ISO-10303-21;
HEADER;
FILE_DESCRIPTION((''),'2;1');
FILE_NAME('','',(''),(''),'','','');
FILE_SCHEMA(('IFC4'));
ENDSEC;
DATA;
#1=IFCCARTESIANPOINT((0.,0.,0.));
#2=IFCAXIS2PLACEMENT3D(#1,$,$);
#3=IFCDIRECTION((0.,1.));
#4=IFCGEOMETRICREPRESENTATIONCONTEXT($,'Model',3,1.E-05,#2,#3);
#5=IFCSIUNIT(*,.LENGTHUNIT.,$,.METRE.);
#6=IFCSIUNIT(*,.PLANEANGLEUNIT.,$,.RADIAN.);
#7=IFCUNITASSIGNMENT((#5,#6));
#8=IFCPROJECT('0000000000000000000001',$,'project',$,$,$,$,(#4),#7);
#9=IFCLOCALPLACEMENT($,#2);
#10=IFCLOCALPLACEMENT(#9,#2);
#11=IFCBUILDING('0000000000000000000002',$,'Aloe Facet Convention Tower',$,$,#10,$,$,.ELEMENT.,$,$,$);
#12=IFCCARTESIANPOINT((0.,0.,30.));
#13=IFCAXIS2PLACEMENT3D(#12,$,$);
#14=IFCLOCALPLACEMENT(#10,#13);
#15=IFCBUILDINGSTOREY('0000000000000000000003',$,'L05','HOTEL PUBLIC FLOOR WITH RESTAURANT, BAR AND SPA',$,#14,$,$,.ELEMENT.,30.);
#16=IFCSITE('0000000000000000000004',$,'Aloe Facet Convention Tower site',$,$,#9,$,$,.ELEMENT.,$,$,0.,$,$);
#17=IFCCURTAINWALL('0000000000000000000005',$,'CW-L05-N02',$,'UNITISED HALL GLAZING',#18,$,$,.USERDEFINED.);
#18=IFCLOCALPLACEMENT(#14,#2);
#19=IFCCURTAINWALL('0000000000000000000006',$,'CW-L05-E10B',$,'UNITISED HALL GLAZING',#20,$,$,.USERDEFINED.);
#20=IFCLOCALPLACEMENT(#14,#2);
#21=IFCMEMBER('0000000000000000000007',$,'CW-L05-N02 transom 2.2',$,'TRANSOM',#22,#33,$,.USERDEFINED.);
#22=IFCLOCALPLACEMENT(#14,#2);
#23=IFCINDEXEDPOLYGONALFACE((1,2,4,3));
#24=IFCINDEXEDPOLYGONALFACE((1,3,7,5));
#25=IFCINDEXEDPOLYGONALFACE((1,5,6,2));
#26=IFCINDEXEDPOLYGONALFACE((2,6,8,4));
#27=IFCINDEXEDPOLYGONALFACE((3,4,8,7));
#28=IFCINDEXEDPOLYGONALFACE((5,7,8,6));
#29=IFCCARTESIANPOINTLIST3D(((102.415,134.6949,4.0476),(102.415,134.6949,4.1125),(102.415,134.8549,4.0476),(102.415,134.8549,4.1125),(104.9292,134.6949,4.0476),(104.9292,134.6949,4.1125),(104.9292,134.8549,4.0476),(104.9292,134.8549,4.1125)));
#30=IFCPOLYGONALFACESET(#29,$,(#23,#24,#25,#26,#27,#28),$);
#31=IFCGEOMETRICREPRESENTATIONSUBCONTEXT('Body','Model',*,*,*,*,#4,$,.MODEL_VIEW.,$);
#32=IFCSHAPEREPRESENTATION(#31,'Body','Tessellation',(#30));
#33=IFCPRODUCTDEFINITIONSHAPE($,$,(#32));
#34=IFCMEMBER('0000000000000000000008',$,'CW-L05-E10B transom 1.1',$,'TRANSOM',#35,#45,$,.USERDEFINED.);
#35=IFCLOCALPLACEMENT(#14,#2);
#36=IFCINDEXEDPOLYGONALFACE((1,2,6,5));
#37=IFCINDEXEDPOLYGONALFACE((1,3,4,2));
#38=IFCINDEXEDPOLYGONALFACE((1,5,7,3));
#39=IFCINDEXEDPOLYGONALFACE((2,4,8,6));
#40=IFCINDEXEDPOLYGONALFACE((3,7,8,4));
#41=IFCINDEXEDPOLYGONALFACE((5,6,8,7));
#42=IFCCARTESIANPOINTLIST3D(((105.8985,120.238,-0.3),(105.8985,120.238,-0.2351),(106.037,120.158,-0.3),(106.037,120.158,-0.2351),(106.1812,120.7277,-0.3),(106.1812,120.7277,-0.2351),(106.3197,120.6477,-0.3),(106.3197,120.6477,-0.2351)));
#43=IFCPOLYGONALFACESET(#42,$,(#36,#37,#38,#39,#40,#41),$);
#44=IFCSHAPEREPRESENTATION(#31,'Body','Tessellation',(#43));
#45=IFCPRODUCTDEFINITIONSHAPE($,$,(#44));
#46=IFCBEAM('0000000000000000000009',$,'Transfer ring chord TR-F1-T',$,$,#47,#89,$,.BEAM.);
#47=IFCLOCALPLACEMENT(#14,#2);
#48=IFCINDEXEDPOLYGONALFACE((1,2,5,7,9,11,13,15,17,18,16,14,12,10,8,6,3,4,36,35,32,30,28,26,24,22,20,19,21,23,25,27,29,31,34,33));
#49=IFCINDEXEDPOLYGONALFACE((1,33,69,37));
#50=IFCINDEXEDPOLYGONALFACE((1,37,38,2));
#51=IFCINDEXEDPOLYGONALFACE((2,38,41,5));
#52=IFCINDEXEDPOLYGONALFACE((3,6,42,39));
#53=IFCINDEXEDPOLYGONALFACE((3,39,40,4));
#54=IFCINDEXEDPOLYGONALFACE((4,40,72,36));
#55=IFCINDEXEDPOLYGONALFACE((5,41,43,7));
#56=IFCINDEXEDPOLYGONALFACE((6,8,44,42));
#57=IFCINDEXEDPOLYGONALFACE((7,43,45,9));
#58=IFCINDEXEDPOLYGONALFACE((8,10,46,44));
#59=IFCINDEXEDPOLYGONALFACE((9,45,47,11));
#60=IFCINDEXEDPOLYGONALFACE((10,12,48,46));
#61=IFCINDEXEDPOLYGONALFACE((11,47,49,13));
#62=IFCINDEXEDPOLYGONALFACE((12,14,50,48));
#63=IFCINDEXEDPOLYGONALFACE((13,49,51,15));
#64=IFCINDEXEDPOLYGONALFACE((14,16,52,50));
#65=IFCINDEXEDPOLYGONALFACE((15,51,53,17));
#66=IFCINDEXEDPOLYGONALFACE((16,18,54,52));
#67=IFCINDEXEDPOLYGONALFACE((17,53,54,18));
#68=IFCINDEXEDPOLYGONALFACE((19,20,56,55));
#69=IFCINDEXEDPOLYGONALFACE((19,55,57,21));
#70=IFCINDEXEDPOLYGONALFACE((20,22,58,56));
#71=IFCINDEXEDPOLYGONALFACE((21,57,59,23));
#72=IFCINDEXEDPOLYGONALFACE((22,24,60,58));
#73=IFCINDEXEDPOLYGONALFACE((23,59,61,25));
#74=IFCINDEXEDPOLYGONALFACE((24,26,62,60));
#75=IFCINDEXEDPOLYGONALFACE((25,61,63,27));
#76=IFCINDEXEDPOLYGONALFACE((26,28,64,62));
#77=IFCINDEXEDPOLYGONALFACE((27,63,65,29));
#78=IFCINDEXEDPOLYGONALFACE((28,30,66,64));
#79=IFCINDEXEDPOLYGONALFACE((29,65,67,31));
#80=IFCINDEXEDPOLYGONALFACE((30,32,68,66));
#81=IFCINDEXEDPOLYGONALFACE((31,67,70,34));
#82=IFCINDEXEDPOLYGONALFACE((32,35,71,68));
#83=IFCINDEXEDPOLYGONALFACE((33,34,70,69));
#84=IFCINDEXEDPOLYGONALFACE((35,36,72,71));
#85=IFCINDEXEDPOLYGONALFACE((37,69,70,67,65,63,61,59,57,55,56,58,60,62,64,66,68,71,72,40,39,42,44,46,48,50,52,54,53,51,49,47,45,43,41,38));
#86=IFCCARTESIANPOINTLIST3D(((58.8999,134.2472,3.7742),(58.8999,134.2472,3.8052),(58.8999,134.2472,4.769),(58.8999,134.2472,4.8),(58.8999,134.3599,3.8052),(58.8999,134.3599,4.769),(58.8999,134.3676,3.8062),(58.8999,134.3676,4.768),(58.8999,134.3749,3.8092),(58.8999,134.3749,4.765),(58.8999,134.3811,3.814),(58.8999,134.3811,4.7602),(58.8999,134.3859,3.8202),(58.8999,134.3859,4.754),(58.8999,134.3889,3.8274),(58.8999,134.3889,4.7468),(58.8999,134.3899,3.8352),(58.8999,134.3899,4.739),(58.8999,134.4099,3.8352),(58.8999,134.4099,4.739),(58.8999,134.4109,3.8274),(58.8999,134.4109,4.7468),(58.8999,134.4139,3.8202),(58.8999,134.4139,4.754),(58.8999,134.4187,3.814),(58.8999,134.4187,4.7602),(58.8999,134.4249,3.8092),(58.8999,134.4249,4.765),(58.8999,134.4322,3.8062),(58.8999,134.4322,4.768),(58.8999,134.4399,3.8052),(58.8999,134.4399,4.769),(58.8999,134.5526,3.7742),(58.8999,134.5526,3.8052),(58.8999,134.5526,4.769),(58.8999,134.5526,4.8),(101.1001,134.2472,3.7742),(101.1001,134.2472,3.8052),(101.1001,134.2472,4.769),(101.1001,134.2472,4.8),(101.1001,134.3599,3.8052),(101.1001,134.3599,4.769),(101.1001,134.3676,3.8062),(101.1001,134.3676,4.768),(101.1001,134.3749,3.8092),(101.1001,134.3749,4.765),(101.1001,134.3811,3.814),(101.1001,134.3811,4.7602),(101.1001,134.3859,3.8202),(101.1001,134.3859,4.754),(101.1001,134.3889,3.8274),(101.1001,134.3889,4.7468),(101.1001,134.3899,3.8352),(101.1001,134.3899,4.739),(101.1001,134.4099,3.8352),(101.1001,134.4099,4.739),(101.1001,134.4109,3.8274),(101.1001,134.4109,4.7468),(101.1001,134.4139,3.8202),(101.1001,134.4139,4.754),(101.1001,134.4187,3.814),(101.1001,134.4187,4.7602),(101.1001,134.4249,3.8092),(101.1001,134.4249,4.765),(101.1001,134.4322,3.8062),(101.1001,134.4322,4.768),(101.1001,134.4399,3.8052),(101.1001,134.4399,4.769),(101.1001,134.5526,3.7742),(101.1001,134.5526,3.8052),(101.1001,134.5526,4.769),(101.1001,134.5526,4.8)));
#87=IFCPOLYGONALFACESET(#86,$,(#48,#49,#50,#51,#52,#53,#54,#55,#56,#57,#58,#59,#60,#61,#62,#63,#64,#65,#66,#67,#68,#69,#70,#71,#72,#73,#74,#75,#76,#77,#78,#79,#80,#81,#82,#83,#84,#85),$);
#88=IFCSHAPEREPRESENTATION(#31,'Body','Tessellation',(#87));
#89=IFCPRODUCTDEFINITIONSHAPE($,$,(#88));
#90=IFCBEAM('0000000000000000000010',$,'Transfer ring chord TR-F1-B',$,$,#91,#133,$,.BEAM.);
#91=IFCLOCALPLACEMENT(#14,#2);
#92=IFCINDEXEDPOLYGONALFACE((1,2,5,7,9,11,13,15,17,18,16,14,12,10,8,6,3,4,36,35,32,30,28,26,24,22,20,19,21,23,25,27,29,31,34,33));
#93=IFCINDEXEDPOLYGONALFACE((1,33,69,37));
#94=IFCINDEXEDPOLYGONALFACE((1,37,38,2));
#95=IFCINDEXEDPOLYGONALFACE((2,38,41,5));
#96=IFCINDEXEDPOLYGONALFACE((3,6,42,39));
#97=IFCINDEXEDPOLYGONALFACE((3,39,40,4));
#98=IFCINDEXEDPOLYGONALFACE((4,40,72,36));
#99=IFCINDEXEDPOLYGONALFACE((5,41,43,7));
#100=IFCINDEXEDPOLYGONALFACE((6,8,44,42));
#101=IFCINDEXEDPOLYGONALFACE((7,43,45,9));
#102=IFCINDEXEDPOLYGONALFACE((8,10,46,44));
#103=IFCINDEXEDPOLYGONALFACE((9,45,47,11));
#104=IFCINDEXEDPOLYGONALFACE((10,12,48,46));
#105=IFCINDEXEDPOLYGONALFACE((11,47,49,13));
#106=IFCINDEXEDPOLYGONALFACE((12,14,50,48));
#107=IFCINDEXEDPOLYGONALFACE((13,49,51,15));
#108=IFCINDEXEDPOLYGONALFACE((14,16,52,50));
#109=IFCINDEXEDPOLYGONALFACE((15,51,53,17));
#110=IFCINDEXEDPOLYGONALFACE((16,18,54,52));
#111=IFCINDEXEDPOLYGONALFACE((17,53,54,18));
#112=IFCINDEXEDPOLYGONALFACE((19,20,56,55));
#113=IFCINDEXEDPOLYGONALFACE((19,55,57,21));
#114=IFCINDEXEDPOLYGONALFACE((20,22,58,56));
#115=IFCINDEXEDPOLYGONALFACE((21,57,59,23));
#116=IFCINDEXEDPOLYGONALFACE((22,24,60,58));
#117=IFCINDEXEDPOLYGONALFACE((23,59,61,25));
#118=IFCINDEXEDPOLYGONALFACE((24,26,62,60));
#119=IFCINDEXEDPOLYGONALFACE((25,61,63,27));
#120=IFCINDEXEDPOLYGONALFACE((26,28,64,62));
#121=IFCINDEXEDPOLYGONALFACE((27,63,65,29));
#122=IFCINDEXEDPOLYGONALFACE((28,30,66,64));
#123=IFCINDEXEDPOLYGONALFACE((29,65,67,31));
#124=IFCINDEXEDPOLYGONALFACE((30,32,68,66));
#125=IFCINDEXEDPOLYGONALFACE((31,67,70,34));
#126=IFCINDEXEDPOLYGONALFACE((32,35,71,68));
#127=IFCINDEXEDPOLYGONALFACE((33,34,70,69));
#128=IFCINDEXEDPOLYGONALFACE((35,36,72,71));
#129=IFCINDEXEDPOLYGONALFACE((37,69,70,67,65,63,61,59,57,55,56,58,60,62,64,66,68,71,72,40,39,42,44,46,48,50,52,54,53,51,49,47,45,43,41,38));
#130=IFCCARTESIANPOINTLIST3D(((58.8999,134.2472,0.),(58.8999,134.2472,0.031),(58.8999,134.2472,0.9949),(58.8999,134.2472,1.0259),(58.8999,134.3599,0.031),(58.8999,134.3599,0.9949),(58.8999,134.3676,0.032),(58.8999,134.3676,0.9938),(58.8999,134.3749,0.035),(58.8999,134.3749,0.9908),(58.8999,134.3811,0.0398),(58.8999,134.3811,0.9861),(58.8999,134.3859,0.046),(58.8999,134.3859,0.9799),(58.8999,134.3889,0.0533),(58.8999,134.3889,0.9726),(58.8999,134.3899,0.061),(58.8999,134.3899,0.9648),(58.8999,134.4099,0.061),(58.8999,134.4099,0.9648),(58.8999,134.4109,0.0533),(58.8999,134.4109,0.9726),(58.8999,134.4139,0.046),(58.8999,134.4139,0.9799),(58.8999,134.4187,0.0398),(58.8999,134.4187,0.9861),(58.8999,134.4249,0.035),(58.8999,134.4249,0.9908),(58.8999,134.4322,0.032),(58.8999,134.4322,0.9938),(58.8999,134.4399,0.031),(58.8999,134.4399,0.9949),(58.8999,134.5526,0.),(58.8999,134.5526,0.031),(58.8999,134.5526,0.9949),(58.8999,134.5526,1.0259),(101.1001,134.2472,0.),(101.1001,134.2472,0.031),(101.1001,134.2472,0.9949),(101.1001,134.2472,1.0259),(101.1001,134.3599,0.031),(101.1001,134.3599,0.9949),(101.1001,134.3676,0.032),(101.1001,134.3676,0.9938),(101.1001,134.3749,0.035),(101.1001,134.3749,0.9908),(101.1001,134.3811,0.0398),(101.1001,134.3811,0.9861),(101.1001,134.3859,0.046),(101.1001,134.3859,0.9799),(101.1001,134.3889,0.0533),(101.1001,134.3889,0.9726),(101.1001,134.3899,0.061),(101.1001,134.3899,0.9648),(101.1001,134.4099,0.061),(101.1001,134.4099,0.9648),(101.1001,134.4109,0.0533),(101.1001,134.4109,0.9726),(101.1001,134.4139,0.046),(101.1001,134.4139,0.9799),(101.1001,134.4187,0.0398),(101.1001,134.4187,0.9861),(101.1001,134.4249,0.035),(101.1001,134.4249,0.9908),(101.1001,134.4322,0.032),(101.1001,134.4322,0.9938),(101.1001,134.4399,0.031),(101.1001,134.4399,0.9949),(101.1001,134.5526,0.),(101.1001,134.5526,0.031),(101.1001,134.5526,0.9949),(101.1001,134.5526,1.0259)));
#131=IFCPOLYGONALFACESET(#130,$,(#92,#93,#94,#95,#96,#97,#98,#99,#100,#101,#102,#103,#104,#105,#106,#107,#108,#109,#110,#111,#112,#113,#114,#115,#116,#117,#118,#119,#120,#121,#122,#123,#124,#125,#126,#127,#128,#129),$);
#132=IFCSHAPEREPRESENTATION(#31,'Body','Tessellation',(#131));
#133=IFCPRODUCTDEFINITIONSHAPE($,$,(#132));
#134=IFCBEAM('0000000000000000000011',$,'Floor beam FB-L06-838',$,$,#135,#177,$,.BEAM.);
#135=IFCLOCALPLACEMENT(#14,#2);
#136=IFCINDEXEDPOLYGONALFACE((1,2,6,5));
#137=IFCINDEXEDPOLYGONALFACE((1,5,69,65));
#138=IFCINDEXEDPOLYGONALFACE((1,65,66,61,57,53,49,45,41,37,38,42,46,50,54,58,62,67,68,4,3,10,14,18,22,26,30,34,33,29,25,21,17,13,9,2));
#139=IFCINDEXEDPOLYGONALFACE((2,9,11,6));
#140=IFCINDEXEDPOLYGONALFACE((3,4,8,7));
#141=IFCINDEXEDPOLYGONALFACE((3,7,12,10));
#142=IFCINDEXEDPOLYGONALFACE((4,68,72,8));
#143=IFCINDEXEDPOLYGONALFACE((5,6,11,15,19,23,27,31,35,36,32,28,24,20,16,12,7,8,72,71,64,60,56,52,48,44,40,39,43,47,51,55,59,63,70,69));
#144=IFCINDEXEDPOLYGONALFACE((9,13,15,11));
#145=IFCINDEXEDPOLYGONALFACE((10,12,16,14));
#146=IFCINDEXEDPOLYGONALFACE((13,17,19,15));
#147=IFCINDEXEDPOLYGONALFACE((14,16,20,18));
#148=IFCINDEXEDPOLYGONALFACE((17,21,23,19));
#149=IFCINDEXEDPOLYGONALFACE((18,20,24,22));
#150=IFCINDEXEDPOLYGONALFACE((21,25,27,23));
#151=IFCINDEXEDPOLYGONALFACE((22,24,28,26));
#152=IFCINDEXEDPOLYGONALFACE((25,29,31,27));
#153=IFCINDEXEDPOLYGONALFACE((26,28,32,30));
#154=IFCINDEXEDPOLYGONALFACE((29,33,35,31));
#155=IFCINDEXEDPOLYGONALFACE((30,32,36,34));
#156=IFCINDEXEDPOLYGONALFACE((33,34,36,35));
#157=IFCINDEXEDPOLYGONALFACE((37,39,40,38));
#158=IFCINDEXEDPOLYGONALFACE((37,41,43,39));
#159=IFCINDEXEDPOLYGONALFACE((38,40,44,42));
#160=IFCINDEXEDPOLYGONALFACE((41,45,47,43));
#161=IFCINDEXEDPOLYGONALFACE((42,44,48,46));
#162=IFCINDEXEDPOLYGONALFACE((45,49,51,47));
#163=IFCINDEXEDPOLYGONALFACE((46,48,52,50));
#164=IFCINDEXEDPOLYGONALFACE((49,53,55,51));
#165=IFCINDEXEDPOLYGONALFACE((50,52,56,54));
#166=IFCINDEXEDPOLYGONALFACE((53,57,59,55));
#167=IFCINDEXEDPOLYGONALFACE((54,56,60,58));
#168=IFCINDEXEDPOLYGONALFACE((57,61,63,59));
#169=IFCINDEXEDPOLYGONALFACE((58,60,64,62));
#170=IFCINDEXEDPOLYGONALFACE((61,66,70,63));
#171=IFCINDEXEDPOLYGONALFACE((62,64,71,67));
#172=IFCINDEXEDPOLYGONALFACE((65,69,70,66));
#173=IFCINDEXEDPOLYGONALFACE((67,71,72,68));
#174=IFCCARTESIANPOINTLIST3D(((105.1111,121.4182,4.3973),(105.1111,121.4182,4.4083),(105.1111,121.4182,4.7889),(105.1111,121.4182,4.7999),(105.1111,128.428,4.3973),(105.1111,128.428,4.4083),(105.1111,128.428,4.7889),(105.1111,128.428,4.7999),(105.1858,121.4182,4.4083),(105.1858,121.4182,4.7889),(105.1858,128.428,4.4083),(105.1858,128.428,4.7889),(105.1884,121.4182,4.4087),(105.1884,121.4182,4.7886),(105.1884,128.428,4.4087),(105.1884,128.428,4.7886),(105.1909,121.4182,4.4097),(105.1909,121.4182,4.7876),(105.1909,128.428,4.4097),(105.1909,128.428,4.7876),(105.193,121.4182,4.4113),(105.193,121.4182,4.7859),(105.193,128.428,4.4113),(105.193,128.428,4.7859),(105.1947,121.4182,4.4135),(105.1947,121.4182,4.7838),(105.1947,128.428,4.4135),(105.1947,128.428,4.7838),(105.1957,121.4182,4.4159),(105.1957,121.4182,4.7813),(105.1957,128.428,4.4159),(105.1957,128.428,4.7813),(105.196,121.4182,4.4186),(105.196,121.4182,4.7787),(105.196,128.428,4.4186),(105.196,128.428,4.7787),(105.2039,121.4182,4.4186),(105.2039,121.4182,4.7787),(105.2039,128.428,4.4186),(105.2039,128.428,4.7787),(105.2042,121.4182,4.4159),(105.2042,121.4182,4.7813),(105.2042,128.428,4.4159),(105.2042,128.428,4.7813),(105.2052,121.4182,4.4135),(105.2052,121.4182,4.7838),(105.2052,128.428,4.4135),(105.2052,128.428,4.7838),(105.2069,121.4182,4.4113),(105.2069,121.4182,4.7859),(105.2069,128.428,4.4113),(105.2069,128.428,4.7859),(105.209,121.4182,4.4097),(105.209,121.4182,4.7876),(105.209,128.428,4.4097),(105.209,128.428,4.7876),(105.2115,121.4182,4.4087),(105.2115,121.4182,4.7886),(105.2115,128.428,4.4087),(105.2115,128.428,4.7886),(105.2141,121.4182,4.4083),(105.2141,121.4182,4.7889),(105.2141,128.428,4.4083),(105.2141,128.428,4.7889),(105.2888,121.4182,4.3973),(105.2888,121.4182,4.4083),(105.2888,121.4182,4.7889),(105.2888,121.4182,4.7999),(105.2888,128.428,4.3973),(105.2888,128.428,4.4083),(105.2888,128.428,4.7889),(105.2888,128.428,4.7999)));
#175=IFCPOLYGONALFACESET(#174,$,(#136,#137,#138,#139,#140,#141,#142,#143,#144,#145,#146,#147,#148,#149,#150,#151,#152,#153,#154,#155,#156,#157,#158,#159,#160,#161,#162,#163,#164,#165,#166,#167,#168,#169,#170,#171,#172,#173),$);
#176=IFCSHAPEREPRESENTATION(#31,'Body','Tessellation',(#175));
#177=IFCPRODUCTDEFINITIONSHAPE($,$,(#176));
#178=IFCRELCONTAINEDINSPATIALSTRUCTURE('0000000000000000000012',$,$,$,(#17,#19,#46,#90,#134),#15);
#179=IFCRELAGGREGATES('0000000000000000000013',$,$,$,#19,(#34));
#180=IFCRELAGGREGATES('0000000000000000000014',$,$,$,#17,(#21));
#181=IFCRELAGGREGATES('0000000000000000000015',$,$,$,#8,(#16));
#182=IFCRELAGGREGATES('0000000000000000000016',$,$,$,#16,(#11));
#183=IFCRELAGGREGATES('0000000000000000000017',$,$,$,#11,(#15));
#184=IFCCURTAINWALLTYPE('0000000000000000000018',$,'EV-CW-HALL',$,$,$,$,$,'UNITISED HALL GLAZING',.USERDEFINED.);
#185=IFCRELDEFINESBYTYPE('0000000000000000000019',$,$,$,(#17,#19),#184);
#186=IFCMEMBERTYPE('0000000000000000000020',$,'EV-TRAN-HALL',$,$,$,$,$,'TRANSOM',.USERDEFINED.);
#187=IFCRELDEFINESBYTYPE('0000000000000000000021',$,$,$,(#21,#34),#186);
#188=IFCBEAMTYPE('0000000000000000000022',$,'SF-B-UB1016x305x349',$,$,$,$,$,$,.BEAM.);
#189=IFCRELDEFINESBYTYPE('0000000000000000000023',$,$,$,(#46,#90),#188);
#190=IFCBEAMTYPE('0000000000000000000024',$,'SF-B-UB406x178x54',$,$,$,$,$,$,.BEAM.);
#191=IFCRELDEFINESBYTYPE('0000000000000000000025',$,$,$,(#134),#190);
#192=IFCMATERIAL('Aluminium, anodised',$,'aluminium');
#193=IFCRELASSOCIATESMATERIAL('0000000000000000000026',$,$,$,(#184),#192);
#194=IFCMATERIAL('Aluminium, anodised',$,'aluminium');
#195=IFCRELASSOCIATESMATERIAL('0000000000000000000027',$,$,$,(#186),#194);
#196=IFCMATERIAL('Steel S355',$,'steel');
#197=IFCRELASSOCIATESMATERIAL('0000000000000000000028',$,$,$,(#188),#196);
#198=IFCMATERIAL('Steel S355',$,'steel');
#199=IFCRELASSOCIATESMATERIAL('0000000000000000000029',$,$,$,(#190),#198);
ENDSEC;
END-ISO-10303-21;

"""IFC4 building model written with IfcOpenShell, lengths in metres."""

from ifc_helpers import new_model, si_unit, direction, frame, origin, origin_2d, place, context, subcontext, project, spatial, rectangle, i_section, extrude, material, material_profile, profile_set, type_object, element, aggregate, save


model = new_model("IFC4")

# Units and contexts
model_context = context("Model", 3, precision=1e-05, world=origin(), true_north=direction((0.0, 1.0)))
body_context = subcontext(model_context, "Body", "Model", "MODEL_VIEW")
ifc_project = project(units=[si_unit("LENGTHUNIT", "METRE"), si_unit("PLANEANGLEUNIT", "RADIAN")], contexts=[model_context])

# Site, building, storey
site_placement = place(None, origin())
site = spatial("IfcSite", under=ifc_project, at=site_placement, Name="Aloe Facet Convention Tower site", CompositionType="ELEMENT", RefElevation=0.0)
building_placement = place(site_placement, origin())
building = spatial("IfcBuilding", under=site, at=building_placement, Name="Aloe Facet Convention Tower", CompositionType="ELEMENT")
storey_placement = place(building_placement, frame((0.0, 0.0, 30.0)))
storey = spatial("IfcBuildingStorey", under=building, at=storey_placement, Name="L05", Description="HOTEL PUBLIC FLOOR WITH RESTAURANT, BAR AND SPA", CompositionType="ELEMENT", Elevation=30.0)

# Curtain wall
ifc_material_1 = material(Name="Aluminium, anodised", Category="aluminium")
curtain_wall_type = type_object("IfcCurtainWallType", Name="EV-CW-HALL", ElementType="UNITISED HALL GLAZING", PredefinedType="USERDEFINED", material=ifc_material_1)
curtain_wall_1_placement = place(storey_placement, origin())
curtain_wall_1 = element("IfcCurtainWall", 1, at=curtain_wall_1_placement, inside=storey, type_object=curtain_wall_type, Name="CW-L05-N02", ObjectType="UNITISED HALL GLAZING", PredefinedType="USERDEFINED")

# Curtain wall
curtain_wall_2_placement = place(storey_placement, origin())
curtain_wall_2 = element("IfcCurtainWall", 2, at=curtain_wall_2_placement, inside=storey, type_object=curtain_wall_type, Name="CW-L05-E10B", ObjectType="UNITISED HALL GLAZING", PredefinedType="USERDEFINED")

# Members
ifc_material_2 = material(Name="Aluminium, anodised", Category="aluminium")
ifc_material_profile_1 = material_profile(ifc_material_2, rectangle(XDim=0.1599, YDim=0.0649, at=origin_2d()), Name="AL 160x65")
ifc_profile_set_1 = profile_set([ifc_material_profile_1], Name="Aluminium, anodised")
member_type_1 = type_object("IfcMemberType", Name="EV-TRAN-HALL", ElementType="TRANSOM", PredefinedType="USERDEFINED", material=ifc_profile_set_1)
member_1_placement = place(storey_placement, frame((104.9292, 134.7749, 4.0801), z_axis=(-1.0, 0.0, 0.0), x_axis=(0.0, -1.0, 0.0)))
member_1 = element("IfcMember", 3, at=member_1_placement, type_object=member_type_1, Name="CW-L05-N02 transom 2.2", ObjectType="TRANSOM", PredefinedType="USERDEFINED", context=body_context, shape_type="SweptSolid", body=[
    extrude(rectangle(XDim=0.1599, YDim=0.0649, at=origin_2d()), origin(), (0.0, 0.0, 1.0), 2.5142),
])
member_2_placement = place(storey_placement, frame((105.9678, 120.198, -0.2676), z_axis=(0.499947, 0.866056, 0.0), x_axis=(-0.866056, 0.499947, 0.0)))
member_2 = element("IfcMember", 4, at=member_2_placement, type_object=member_type_1, Name="CW-L05-E10B transom 1.1", ObjectType="TRANSOM", PredefinedType="USERDEFINED", context=body_context, shape_type="SweptSolid", body=[
    extrude(rectangle(XDim=0.1599, YDim=0.0649, at=origin_2d()), origin(), (0.0, 0.0, 1.0), 0.5654),
])
aggregate(curtain_wall_2, [member_2])

# Beams
ifc_material_3 = material(Name="Steel S355", Category="steel")
ifc_material_profile_2 = material_profile(ifc_material_3, i_section(OverallWidth=0.3054, OverallDepth=1.0259, WebThickness=0.02, FlangeThickness=0.031, FilletRadius=0.03, at=origin_2d()), Name="UB 1016x305x349")
ifc_profile_set_2 = profile_set([ifc_material_profile_2], Name="Steel S355")
beam_type_1 = type_object("IfcBeamType", Name="SF-B-UB1016x305x349", PredefinedType="BEAM", material=ifc_profile_set_2)
for number, where, z_axis, x_axis, name in (
    (5, (101.1001, 134.3999, 4.2871), (-1.0, 0.0, 0.0), (0.0, -1.0, 0.0), "Transfer ring chord TR-F1-T"),
    (6, (101.1001, 134.3999, 0.5129), (-1.0, 0.0, 0.0), (0.0, -1.0, 0.0), "Transfer ring chord TR-F1-B"),
):
    element("IfcBeam", number, at=place(storey_placement, frame(where, z_axis=z_axis, x_axis=x_axis)), inside=storey, type_object=beam_type_1, Name=name, PredefinedType="BEAM", context=body_context, shape_type="SweptSolid", body=[
        extrude(i_section(OverallWidth=0.3054, OverallDepth=1.0259, WebThickness=0.02, FlangeThickness=0.031, FilletRadius=0.03, at=origin_2d()), origin(), (0.0, 0.0, 1.0), 42.2002),
    ])
ifc_material_4 = material(Name="Steel S355", Category="steel")
ifc_material_profile_3 = material_profile(ifc_material_4, i_section(OverallWidth=0.1777, OverallDepth=0.4026, WebThickness=0.0078, FlangeThickness=0.011, FilletRadius=0.0103, at=origin_2d()), Name="UB 406x178x54")
ifc_profile_set_3 = profile_set([ifc_material_profile_3], Name="Steel S355")
beam_type_2 = type_object("IfcBeamType", Name="SF-B-UB406x178x54", PredefinedType="BEAM", material=ifc_profile_set_3)
beam_1_placement = place(storey_placement, frame((105.2, 121.4182, 4.5986), z_axis=(0.0, 1.0, 0.0), x_axis=(-1.0, 0.0, 0.0)))
element("IfcBeam", 7, at=beam_1_placement, inside=storey, type_object=beam_type_2, Name="Floor beam FB-L06-838", PredefinedType="BEAM", context=body_context, shape_type="SweptSolid", body=[
    extrude(i_section(OverallWidth=0.1777, OverallDepth=0.4026, WebThickness=0.0078, FlangeThickness=0.011, FilletRadius=0.0103, at=origin_2d()), origin(), (0.0, 0.0, 1.0), 7.0098),
])

aggregate(curtain_wall_1, [member_1])

save(model, "model.ifc")
